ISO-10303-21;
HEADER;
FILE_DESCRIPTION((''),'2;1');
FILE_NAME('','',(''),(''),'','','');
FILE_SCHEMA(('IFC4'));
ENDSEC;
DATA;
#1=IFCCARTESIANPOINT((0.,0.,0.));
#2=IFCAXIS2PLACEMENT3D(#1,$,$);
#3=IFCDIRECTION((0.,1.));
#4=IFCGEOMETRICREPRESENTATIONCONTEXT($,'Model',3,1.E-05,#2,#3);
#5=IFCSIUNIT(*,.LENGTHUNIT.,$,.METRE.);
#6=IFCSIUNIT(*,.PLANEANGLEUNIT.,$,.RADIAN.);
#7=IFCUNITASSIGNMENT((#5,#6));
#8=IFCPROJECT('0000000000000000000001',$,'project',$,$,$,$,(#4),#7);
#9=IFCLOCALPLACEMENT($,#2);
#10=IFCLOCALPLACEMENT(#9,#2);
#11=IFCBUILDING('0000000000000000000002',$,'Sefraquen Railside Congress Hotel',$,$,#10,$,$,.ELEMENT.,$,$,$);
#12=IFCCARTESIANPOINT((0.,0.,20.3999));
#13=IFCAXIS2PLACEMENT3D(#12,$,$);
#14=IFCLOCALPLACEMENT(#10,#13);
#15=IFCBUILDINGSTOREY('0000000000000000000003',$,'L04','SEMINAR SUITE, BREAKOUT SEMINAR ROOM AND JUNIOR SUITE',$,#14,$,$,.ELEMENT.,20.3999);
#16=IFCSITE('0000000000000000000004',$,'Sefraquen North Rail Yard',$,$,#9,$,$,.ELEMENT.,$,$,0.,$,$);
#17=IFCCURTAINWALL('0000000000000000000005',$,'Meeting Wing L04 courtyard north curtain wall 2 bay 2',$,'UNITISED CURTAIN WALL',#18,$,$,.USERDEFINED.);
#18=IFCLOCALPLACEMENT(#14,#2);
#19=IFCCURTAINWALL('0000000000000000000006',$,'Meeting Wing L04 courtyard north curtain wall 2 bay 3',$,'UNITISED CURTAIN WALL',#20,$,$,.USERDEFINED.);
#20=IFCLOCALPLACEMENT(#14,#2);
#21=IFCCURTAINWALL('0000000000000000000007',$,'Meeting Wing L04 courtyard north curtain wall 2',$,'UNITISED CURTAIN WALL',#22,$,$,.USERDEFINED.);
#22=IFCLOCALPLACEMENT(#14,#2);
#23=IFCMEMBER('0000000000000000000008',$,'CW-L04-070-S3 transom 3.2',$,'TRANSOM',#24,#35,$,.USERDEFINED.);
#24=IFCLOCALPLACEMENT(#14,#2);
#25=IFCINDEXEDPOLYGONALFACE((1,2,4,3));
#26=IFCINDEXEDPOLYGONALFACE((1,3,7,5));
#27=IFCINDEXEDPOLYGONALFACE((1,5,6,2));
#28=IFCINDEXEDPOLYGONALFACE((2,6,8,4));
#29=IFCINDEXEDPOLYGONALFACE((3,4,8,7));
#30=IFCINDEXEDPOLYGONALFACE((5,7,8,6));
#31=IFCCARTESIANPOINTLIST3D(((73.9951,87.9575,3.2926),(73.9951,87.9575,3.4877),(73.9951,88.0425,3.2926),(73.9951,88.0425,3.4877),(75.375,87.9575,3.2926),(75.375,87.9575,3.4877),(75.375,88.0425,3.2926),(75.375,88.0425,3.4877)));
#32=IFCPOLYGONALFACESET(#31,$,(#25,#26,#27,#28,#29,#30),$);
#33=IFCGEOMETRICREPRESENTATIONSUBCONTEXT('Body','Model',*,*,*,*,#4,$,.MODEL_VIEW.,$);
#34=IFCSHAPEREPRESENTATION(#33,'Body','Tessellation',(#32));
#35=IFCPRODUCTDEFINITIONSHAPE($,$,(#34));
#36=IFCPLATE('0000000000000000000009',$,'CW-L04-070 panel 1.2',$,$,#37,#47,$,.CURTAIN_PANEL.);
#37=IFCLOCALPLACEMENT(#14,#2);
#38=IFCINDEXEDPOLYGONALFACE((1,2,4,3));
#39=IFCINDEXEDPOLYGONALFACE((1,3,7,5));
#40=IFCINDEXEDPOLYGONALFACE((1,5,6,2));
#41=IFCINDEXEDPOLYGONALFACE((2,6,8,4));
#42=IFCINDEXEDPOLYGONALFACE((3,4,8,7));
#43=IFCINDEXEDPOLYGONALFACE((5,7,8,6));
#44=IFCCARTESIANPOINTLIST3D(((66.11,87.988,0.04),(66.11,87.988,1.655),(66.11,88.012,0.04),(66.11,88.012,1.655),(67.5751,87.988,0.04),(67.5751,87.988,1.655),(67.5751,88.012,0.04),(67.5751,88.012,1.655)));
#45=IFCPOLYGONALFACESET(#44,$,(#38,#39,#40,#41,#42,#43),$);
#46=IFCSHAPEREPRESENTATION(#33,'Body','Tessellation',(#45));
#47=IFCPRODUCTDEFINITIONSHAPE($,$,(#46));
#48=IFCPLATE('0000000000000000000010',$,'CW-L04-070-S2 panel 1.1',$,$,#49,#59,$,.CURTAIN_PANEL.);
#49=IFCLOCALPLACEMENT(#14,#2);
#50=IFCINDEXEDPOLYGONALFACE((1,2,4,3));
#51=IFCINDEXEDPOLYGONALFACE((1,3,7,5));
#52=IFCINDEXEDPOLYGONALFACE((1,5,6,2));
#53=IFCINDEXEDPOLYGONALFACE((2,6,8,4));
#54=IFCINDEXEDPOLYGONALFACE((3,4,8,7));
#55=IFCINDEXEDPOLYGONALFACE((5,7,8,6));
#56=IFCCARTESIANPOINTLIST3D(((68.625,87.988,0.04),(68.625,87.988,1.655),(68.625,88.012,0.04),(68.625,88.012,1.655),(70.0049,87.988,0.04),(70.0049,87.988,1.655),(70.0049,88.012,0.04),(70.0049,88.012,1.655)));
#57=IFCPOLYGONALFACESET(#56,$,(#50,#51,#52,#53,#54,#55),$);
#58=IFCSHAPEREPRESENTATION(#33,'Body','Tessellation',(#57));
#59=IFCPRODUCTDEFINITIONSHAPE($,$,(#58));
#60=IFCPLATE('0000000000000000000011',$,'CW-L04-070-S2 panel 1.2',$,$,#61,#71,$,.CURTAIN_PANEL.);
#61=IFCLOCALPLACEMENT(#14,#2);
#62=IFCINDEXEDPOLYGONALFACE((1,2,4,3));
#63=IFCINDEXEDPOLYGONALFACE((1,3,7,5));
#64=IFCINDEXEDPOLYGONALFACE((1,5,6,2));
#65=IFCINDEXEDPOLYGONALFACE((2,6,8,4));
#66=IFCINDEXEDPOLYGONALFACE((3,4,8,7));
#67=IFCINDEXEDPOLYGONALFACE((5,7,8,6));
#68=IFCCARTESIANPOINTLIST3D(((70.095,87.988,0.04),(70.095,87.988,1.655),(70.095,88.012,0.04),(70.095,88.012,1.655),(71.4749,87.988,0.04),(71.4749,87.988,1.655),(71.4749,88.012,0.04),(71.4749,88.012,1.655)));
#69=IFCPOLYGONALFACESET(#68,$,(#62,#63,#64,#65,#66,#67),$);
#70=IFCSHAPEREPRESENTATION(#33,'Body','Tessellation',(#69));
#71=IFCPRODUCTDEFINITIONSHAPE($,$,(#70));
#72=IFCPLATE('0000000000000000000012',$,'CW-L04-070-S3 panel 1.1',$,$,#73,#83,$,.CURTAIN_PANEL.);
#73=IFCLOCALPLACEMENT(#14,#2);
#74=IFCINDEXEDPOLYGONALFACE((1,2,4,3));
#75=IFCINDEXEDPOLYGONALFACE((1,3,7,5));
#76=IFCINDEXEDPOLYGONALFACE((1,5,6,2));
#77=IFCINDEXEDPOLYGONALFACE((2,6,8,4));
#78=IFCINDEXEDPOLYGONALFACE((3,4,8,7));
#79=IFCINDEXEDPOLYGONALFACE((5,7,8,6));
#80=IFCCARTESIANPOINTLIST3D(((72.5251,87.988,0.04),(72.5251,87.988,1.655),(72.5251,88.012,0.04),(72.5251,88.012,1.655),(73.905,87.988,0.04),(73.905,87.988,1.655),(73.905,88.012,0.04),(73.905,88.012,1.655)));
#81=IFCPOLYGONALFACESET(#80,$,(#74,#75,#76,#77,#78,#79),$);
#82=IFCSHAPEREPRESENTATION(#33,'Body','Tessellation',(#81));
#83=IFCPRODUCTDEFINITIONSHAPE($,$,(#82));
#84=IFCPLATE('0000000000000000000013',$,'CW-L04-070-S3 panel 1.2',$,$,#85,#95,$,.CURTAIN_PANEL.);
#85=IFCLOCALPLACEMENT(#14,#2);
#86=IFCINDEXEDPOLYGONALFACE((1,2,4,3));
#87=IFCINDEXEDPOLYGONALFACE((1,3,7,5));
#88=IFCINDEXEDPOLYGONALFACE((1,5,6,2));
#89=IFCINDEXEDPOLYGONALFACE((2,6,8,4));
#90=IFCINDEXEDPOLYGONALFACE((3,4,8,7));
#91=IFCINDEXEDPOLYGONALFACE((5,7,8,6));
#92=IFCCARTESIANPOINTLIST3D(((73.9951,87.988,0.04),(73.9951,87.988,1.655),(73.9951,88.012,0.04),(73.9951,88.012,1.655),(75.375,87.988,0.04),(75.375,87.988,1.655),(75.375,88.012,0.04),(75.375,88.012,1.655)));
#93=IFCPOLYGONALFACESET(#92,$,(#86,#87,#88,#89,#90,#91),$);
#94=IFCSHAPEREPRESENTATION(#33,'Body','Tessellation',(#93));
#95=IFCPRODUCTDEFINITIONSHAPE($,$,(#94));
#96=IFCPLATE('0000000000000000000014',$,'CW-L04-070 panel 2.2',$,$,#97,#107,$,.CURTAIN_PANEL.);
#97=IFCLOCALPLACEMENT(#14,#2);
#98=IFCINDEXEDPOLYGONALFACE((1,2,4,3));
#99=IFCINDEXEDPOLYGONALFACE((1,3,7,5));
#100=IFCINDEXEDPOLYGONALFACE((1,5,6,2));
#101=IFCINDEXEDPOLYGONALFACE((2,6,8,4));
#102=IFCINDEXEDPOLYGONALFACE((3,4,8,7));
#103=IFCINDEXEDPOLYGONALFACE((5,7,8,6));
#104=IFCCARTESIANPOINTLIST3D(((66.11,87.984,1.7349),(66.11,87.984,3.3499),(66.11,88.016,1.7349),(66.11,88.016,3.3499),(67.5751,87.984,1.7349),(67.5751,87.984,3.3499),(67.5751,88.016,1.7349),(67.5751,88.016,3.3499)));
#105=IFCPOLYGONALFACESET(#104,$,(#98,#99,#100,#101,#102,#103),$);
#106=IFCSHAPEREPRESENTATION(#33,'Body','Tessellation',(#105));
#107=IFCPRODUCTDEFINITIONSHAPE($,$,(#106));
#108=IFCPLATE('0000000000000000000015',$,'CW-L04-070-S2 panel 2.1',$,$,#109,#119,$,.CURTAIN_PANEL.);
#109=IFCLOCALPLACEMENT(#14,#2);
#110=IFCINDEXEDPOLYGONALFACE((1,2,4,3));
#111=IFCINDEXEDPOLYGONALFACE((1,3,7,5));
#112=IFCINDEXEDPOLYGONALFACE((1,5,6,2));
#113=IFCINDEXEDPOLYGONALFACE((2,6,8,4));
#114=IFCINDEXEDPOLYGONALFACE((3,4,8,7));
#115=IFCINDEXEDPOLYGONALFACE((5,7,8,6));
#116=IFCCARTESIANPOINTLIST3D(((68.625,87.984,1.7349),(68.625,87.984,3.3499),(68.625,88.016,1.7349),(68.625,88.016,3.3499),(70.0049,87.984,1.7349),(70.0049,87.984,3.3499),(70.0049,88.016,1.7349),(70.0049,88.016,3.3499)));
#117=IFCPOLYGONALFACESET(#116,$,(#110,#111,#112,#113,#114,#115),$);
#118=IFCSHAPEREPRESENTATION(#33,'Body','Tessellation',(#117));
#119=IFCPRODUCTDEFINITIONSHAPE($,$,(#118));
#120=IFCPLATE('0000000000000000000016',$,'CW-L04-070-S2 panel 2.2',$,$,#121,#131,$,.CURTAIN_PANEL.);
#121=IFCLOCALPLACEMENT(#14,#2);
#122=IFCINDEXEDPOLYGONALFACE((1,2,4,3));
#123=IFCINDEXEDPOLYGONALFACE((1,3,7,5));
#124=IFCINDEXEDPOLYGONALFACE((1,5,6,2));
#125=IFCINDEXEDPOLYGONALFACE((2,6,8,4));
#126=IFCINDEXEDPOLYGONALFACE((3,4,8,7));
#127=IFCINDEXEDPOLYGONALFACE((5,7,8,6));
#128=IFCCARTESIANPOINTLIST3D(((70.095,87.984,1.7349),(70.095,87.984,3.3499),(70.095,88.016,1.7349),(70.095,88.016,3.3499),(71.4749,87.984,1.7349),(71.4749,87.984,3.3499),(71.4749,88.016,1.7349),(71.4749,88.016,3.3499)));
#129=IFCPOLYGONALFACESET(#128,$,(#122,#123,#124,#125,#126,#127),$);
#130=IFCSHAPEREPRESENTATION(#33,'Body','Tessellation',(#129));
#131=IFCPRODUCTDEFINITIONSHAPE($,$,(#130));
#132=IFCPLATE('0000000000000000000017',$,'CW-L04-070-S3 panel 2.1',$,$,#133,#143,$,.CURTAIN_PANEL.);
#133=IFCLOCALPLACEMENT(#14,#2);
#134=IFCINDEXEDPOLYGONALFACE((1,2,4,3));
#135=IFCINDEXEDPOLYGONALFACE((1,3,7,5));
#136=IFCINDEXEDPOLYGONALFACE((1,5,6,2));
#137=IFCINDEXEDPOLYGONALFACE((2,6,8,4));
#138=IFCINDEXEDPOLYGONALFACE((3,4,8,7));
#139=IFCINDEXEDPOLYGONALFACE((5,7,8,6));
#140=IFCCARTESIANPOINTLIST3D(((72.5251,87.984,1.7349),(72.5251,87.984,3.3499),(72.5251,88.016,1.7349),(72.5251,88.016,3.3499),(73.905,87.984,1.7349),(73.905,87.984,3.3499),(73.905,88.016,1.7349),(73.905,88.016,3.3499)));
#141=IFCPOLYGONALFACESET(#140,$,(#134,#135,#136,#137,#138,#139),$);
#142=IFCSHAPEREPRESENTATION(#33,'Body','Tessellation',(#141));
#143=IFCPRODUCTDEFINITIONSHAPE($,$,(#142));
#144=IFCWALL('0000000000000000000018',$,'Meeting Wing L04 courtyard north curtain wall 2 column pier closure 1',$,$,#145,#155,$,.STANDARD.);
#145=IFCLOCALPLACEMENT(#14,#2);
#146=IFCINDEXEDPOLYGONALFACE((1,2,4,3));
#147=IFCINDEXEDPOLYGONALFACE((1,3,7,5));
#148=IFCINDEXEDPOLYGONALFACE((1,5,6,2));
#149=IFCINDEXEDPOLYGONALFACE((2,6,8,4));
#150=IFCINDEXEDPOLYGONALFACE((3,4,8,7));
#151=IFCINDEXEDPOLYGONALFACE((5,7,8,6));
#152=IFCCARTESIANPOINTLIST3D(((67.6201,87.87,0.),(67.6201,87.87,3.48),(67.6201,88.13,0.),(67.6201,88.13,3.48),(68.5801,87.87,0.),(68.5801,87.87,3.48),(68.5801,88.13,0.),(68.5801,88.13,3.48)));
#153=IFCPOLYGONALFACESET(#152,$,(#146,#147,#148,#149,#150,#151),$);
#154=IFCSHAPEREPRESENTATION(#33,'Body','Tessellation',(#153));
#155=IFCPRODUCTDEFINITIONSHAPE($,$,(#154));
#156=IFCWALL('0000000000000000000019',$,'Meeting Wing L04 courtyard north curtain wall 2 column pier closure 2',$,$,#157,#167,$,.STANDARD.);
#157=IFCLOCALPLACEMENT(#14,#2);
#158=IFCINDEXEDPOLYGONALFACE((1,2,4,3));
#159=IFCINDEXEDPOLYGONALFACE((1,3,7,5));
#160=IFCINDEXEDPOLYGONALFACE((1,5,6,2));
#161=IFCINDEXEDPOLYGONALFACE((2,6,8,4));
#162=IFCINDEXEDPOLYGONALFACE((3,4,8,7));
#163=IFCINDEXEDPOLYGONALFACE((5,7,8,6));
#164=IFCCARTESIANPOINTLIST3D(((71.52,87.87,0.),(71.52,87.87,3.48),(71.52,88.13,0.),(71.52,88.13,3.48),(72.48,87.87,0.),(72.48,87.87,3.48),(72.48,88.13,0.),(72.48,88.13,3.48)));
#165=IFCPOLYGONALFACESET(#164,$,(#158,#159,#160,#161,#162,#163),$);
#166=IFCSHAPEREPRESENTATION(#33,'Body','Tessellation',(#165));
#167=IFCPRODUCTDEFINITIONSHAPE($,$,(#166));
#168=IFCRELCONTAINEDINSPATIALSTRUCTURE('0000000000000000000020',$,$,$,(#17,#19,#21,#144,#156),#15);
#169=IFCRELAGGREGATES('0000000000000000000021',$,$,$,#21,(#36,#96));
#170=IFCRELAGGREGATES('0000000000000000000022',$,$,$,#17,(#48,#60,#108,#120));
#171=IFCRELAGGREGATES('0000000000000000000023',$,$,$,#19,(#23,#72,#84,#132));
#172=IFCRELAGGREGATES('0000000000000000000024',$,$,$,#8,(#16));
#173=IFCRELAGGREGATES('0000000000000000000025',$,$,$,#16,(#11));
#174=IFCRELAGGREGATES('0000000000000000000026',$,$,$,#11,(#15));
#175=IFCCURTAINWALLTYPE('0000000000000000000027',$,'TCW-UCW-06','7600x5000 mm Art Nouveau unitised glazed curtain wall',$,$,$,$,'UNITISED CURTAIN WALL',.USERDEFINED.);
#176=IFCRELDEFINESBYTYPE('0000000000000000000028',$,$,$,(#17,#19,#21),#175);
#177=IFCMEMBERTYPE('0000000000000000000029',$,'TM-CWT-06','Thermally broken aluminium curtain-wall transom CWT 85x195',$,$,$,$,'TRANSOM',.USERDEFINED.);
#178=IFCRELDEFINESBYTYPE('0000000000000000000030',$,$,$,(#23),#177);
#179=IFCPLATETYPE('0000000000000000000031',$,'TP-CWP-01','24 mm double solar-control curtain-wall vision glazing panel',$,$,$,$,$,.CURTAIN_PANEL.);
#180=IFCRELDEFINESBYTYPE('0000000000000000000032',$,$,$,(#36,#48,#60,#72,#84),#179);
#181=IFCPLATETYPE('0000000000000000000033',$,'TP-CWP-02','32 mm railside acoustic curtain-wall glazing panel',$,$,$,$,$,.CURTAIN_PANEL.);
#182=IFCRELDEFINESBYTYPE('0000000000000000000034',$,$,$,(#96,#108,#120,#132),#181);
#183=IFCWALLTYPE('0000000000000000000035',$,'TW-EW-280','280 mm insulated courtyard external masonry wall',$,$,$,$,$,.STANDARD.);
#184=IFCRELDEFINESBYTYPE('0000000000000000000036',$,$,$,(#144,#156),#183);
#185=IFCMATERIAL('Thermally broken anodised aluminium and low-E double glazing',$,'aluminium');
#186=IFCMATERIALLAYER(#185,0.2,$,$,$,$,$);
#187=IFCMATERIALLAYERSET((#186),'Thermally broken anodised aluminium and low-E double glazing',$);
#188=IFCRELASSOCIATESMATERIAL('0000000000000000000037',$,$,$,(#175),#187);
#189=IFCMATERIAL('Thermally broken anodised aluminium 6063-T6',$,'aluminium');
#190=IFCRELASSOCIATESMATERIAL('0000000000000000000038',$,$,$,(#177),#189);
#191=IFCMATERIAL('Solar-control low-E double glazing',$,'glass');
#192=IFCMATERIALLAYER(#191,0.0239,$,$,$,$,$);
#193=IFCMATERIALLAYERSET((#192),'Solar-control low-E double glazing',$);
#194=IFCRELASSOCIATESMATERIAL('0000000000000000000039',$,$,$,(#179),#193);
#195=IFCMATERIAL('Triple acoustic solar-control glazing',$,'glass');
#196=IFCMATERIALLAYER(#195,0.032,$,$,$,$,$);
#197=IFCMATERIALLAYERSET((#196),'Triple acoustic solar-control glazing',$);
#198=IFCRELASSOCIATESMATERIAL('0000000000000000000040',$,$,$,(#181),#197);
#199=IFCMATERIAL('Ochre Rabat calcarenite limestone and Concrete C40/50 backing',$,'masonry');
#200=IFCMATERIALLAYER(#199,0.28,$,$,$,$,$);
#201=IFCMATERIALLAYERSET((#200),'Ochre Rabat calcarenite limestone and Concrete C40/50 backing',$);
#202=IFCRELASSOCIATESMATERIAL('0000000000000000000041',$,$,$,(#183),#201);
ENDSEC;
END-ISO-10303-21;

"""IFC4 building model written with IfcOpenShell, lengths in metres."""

from ifc_helpers import new_model, si_unit, direction, frame, frame_2d, origin, origin_2d, place, context, subcontext, project, spatial, rectangle, extrude, material, layer, layer_set, material_profile, profile_set, type_object, element, aggregate, save


model = new_model("IFC4")

# Units and contexts
model_context = context("Model", 3, precision=1e-05, world=origin(), true_north=direction((0.0, 1.0)))
body_context = subcontext(model_context, "Body", "Model", "MODEL_VIEW")
ifc_project = project(units=[si_unit("LENGTHUNIT", "METRE"), si_unit("PLANEANGLEUNIT", "RADIAN")], contexts=[model_context])

# Site, building, storey
site_placement = place(None, origin())
site = spatial("IfcSite", under=ifc_project, at=site_placement, Name="Sefraquen North Rail Yard", CompositionType="ELEMENT", RefElevation=0.0)
building_placement = place(site_placement, origin())
building = spatial("IfcBuilding", under=site, at=building_placement, Name="Sefraquen Railside Congress Hotel", CompositionType="ELEMENT")
storey_placement = place(building_placement, frame((0.0, 0.0, 20.3999)))
storey = spatial("IfcBuildingStorey", under=building, at=storey_placement, Name="L04", Description="SEMINAR SUITE, BREAKOUT SEMINAR ROOM AND JUNIOR SUITE", CompositionType="ELEMENT", Elevation=20.3999)

# Curtain walls
ifc_material_1 = material(Name="Thermally broken anodised aluminium and low-E double glazing", Category="aluminium")
ifc_layer_1 = layer(ifc_material_1, 0.2)
ifc_layer_set_1 = layer_set([ifc_layer_1], Name="Thermally broken anodised aluminium and low-E double glazing")
curtain_wall_type = type_object("IfcCurtainWallType", Name="TCW-UCW-06", Description="7600x5000 mm Art Nouveau unitised glazed curtain wall", ElementType="UNITISED CURTAIN WALL", PredefinedType="USERDEFINED", material=ifc_layer_set_1)
curtain_wall_1_placement = place(storey_placement, origin())
curtain_wall_1 = element("IfcCurtainWall", 1, at=curtain_wall_1_placement, inside=storey, type_object=curtain_wall_type, Name="Meeting Wing L04 courtyard north curtain wall 2 bay 2", ObjectType="UNITISED CURTAIN WALL", PredefinedType="USERDEFINED")
ifc_material_2 = material(Name="Thermally broken anodised aluminium 6063-T6", Category="aluminium")
curtain_wall_2_placement = place(storey_placement, origin())
curtain_wall_2 = element("IfcCurtainWall", 2, at=curtain_wall_2_placement, inside=storey, type_object=curtain_wall_type, Name="Meeting Wing L04 courtyard north curtain wall 2 bay 3", ObjectType="UNITISED CURTAIN WALL", PredefinedType="USERDEFINED")
curtain_wall_3_placement = place(storey_placement, origin())
curtain_wall_3 = element("IfcCurtainWall", 3, at=curtain_wall_3_placement, inside=storey, type_object=curtain_wall_type, Name="Meeting Wing L04 courtyard north curtain wall 2", ObjectType="UNITISED CURTAIN WALL", PredefinedType="USERDEFINED")

# Member
ifc_material_profile_1 = material_profile(ifc_material_2, rectangle(XDim=0.085, YDim=0.1951, at=origin_2d()), Name="CWT 85x195")
ifc_profile_set_1 = profile_set([ifc_material_profile_1], Name="Thermally broken anodised aluminium 6063-T6")
member_type_1 = type_object("IfcMemberType", Name="TM-CWT-06", Description="Thermally broken aluminium curtain-wall transom CWT 85x195", ElementType="TRANSOM", PredefinedType="USERDEFINED", material=ifc_profile_set_1)
member_1_placement = place(storey_placement, frame((73.9951, 88.0, 3.3901), z_axis=(1.0, 0.0, 0.0), x_axis=(0.0, 1.0, 0.0)))
member_1 = element("IfcMember", 4, at=member_1_placement, type_object=member_type_1, Name="CW-L04-070-S3 transom 3.2", ObjectType="TRANSOM", PredefinedType="USERDEFINED", context=body_context, shape_type="SweptSolid", body=[
    extrude(rectangle(XDim=0.085, YDim=0.1951, at=origin_2d()), origin(), (0.0, 0.0, 1.0), 1.3799),
])

# Plates
ifc_material_3 = material(Name="Solar-control low-E double glazing", Category="glass")
ifc_layer_2 = layer(ifc_material_3, 0.0239)
ifc_layer_set_2 = layer_set([ifc_layer_2], Name="Solar-control low-E double glazing")
plate_type_1 = type_object("IfcPlateType", Name="TP-CWP-01", Description="24 mm double solar-control curtain-wall vision glazing panel", PredefinedType="CURTAIN_PANEL", material=ifc_layer_set_2)
plate_1_placement = place(storey_placement, frame((66.8425, 88.0, 0.04), z_axis=(0.0, 0.0, 1.0), x_axis=(1.0, 0.0, 0.0)))
plate_1 = element("IfcPlate", 5, at=plate_1_placement, type_object=plate_type_1, Name="CW-L04-070 panel 1.2", PredefinedType="CURTAIN_PANEL", context=body_context, shape_type="SweptSolid", body=[
    extrude(rectangle(XDim=1.4651, YDim=0.0239, at=origin_2d()), origin(), (0.0, 0.0, 1.0), 1.615),
])
plate_2_placement = place(storey_placement, frame((69.3149, 88.0, 0.04), z_axis=(0.0, 0.0, 1.0), x_axis=(1.0, 0.0, 0.0)))
plate_2 = element("IfcPlate", 6, at=plate_2_placement, type_object=plate_type_1, Name="CW-L04-070-S2 panel 1.1", PredefinedType="CURTAIN_PANEL", context=body_context, shape_type="SweptSolid", body=[
    extrude(rectangle(XDim=1.3799, YDim=0.0239, at=origin_2d()), origin(), (0.0, 0.0, 1.0), 1.615),
])
plate_3_placement = place(storey_placement, frame((70.7849, 88.0, 0.04), z_axis=(0.0, 0.0, 1.0), x_axis=(1.0, 0.0, 0.0)))
plate_3 = element("IfcPlate", 7, at=plate_3_placement, type_object=plate_type_1, Name="CW-L04-070-S2 panel 1.2", PredefinedType="CURTAIN_PANEL", context=body_context, shape_type="SweptSolid", body=[
    extrude(rectangle(XDim=1.3799, YDim=0.0239, at=origin_2d()), origin(), (0.0, 0.0, 1.0), 1.615),
])
plate_4_placement = place(storey_placement, frame((73.2151, 88.0, 0.04), z_axis=(0.0, 0.0, 1.0), x_axis=(1.0, 0.0, 0.0)))
plate_4 = element("IfcPlate", 8, at=plate_4_placement, type_object=plate_type_1, Name="CW-L04-070-S3 panel 1.1", PredefinedType="CURTAIN_PANEL", context=body_context, shape_type="SweptSolid", body=[
    extrude(rectangle(XDim=1.3799, YDim=0.0239, at=origin_2d()), origin(), (0.0, 0.0, 1.0), 1.615),
])
plate_5_placement = place(storey_placement, frame((74.6851, 88.0, 0.04), z_axis=(0.0, 0.0, 1.0), x_axis=(1.0, 0.0, 0.0)))
plate_5 = element("IfcPlate", 9, at=plate_5_placement, type_object=plate_type_1, Name="CW-L04-070-S3 panel 1.2", PredefinedType="CURTAIN_PANEL", context=body_context, shape_type="SweptSolid", body=[
    extrude(rectangle(XDim=1.3799, YDim=0.0239, at=origin_2d()), origin(), (0.0, 0.0, 1.0), 1.615),
])
ifc_material_4 = material(Name="Triple acoustic solar-control glazing", Category="glass")
ifc_layer_3 = layer(ifc_material_4, 0.032)
ifc_layer_set_3 = layer_set([ifc_layer_3], Name="Triple acoustic solar-control glazing")
plate_type_2 = type_object("IfcPlateType", Name="TP-CWP-02", Description="32 mm railside acoustic curtain-wall glazing panel", PredefinedType="CURTAIN_PANEL", material=ifc_layer_set_3)
plate_6_placement = place(storey_placement, frame((66.8425, 88.0, 1.7349), z_axis=(0.0, 0.0, 1.0), x_axis=(1.0, 0.0, 0.0)))
plate_6 = element("IfcPlate", 10, at=plate_6_placement, type_object=plate_type_2, Name="CW-L04-070 panel 2.2", PredefinedType="CURTAIN_PANEL", context=body_context, shape_type="SweptSolid", body=[
    extrude(rectangle(XDim=1.4651, YDim=0.032, at=origin_2d()), origin(), (0.0, 0.0, 1.0), 1.615),
])
aggregate(curtain_wall_3, [plate_1, plate_6])
plate_7_placement = place(storey_placement, frame((69.3149, 88.0, 1.7349), z_axis=(0.0, 0.0, 1.0), x_axis=(1.0, 0.0, 0.0)))
plate_7 = element("IfcPlate", 11, at=plate_7_placement, type_object=plate_type_2, Name="CW-L04-070-S2 panel 2.1", PredefinedType="CURTAIN_PANEL", context=body_context, shape_type="SweptSolid", body=[
    extrude(rectangle(XDim=1.3799, YDim=0.032, at=origin_2d()), origin(), (0.0, 0.0, 1.0), 1.615),
])
plate_8_placement = place(storey_placement, frame((70.7849, 88.0, 1.7349), z_axis=(0.0, 0.0, 1.0), x_axis=(1.0, 0.0, 0.0)))
plate_8 = element("IfcPlate", 12, at=plate_8_placement, type_object=plate_type_2, Name="CW-L04-070-S2 panel 2.2", PredefinedType="CURTAIN_PANEL", context=body_context, shape_type="SweptSolid", body=[
    extrude(rectangle(XDim=1.3799, YDim=0.032, at=origin_2d()), origin(), (0.0, 0.0, 1.0), 1.615),
])
aggregate(curtain_wall_1, [plate_2, plate_3, plate_7, plate_8])
plate_9_placement = place(storey_placement, frame((73.2151, 88.0, 1.7349), z_axis=(0.0, 0.0, 1.0), x_axis=(1.0, 0.0, 0.0)))
plate_9 = element("IfcPlate", 13, at=plate_9_placement, type_object=plate_type_2, Name="CW-L04-070-S3 panel 2.1", PredefinedType="CURTAIN_PANEL", context=body_context, shape_type="SweptSolid", body=[
    extrude(rectangle(XDim=1.3799, YDim=0.032, at=origin_2d()), origin(), (0.0, 0.0, 1.0), 1.615),
])
aggregate(curtain_wall_2, [member_1, plate_4, plate_5, plate_9])

# Walls
ifc_material_5 = material(Name="Ochre Rabat calcarenite limestone and Concrete C40/50 backing", Category="masonry")
ifc_layer_4 = layer(ifc_material_5, 0.28)
ifc_layer_set_4 = layer_set([ifc_layer_4], Name="Ochre Rabat calcarenite limestone and Concrete C40/50 backing")
wall_type = type_object("IfcWallType", Name="TW-EW-280", Description="280 mm insulated courtyard external masonry wall", PredefinedType="STANDARD", material=ifc_layer_set_4)
for number, where, z_axis, x_axis, name in (
    (14, (67.6201, 88.0, 0.0), (0.0, 0.0, 1.0), (1.0, 0.0, 0.0), "Meeting Wing L04 courtyard north curtain wall 2 column pier closure 1"),
    (15, (71.52, 88.0, 0.0), (0.0, 0.0, 1.0), (1.0, 0.0, 0.0), "Meeting Wing L04 courtyard north curtain wall 2 column pier closure 2"),
):
    element("IfcWall", number, at=place(storey_placement, frame(where, z_axis=z_axis, x_axis=x_axis)), inside=storey, type_object=wall_type, Name=name, PredefinedType="STANDARD", context=body_context, shape_type="SweptSolid", body=[
        extrude(rectangle(XDim=0.96, YDim=0.26, at=frame_2d((0.48, 0.0))), origin(), (0.0, 0.0, 1.0), 3.48),
    ])

save(model, "model.ifc")
